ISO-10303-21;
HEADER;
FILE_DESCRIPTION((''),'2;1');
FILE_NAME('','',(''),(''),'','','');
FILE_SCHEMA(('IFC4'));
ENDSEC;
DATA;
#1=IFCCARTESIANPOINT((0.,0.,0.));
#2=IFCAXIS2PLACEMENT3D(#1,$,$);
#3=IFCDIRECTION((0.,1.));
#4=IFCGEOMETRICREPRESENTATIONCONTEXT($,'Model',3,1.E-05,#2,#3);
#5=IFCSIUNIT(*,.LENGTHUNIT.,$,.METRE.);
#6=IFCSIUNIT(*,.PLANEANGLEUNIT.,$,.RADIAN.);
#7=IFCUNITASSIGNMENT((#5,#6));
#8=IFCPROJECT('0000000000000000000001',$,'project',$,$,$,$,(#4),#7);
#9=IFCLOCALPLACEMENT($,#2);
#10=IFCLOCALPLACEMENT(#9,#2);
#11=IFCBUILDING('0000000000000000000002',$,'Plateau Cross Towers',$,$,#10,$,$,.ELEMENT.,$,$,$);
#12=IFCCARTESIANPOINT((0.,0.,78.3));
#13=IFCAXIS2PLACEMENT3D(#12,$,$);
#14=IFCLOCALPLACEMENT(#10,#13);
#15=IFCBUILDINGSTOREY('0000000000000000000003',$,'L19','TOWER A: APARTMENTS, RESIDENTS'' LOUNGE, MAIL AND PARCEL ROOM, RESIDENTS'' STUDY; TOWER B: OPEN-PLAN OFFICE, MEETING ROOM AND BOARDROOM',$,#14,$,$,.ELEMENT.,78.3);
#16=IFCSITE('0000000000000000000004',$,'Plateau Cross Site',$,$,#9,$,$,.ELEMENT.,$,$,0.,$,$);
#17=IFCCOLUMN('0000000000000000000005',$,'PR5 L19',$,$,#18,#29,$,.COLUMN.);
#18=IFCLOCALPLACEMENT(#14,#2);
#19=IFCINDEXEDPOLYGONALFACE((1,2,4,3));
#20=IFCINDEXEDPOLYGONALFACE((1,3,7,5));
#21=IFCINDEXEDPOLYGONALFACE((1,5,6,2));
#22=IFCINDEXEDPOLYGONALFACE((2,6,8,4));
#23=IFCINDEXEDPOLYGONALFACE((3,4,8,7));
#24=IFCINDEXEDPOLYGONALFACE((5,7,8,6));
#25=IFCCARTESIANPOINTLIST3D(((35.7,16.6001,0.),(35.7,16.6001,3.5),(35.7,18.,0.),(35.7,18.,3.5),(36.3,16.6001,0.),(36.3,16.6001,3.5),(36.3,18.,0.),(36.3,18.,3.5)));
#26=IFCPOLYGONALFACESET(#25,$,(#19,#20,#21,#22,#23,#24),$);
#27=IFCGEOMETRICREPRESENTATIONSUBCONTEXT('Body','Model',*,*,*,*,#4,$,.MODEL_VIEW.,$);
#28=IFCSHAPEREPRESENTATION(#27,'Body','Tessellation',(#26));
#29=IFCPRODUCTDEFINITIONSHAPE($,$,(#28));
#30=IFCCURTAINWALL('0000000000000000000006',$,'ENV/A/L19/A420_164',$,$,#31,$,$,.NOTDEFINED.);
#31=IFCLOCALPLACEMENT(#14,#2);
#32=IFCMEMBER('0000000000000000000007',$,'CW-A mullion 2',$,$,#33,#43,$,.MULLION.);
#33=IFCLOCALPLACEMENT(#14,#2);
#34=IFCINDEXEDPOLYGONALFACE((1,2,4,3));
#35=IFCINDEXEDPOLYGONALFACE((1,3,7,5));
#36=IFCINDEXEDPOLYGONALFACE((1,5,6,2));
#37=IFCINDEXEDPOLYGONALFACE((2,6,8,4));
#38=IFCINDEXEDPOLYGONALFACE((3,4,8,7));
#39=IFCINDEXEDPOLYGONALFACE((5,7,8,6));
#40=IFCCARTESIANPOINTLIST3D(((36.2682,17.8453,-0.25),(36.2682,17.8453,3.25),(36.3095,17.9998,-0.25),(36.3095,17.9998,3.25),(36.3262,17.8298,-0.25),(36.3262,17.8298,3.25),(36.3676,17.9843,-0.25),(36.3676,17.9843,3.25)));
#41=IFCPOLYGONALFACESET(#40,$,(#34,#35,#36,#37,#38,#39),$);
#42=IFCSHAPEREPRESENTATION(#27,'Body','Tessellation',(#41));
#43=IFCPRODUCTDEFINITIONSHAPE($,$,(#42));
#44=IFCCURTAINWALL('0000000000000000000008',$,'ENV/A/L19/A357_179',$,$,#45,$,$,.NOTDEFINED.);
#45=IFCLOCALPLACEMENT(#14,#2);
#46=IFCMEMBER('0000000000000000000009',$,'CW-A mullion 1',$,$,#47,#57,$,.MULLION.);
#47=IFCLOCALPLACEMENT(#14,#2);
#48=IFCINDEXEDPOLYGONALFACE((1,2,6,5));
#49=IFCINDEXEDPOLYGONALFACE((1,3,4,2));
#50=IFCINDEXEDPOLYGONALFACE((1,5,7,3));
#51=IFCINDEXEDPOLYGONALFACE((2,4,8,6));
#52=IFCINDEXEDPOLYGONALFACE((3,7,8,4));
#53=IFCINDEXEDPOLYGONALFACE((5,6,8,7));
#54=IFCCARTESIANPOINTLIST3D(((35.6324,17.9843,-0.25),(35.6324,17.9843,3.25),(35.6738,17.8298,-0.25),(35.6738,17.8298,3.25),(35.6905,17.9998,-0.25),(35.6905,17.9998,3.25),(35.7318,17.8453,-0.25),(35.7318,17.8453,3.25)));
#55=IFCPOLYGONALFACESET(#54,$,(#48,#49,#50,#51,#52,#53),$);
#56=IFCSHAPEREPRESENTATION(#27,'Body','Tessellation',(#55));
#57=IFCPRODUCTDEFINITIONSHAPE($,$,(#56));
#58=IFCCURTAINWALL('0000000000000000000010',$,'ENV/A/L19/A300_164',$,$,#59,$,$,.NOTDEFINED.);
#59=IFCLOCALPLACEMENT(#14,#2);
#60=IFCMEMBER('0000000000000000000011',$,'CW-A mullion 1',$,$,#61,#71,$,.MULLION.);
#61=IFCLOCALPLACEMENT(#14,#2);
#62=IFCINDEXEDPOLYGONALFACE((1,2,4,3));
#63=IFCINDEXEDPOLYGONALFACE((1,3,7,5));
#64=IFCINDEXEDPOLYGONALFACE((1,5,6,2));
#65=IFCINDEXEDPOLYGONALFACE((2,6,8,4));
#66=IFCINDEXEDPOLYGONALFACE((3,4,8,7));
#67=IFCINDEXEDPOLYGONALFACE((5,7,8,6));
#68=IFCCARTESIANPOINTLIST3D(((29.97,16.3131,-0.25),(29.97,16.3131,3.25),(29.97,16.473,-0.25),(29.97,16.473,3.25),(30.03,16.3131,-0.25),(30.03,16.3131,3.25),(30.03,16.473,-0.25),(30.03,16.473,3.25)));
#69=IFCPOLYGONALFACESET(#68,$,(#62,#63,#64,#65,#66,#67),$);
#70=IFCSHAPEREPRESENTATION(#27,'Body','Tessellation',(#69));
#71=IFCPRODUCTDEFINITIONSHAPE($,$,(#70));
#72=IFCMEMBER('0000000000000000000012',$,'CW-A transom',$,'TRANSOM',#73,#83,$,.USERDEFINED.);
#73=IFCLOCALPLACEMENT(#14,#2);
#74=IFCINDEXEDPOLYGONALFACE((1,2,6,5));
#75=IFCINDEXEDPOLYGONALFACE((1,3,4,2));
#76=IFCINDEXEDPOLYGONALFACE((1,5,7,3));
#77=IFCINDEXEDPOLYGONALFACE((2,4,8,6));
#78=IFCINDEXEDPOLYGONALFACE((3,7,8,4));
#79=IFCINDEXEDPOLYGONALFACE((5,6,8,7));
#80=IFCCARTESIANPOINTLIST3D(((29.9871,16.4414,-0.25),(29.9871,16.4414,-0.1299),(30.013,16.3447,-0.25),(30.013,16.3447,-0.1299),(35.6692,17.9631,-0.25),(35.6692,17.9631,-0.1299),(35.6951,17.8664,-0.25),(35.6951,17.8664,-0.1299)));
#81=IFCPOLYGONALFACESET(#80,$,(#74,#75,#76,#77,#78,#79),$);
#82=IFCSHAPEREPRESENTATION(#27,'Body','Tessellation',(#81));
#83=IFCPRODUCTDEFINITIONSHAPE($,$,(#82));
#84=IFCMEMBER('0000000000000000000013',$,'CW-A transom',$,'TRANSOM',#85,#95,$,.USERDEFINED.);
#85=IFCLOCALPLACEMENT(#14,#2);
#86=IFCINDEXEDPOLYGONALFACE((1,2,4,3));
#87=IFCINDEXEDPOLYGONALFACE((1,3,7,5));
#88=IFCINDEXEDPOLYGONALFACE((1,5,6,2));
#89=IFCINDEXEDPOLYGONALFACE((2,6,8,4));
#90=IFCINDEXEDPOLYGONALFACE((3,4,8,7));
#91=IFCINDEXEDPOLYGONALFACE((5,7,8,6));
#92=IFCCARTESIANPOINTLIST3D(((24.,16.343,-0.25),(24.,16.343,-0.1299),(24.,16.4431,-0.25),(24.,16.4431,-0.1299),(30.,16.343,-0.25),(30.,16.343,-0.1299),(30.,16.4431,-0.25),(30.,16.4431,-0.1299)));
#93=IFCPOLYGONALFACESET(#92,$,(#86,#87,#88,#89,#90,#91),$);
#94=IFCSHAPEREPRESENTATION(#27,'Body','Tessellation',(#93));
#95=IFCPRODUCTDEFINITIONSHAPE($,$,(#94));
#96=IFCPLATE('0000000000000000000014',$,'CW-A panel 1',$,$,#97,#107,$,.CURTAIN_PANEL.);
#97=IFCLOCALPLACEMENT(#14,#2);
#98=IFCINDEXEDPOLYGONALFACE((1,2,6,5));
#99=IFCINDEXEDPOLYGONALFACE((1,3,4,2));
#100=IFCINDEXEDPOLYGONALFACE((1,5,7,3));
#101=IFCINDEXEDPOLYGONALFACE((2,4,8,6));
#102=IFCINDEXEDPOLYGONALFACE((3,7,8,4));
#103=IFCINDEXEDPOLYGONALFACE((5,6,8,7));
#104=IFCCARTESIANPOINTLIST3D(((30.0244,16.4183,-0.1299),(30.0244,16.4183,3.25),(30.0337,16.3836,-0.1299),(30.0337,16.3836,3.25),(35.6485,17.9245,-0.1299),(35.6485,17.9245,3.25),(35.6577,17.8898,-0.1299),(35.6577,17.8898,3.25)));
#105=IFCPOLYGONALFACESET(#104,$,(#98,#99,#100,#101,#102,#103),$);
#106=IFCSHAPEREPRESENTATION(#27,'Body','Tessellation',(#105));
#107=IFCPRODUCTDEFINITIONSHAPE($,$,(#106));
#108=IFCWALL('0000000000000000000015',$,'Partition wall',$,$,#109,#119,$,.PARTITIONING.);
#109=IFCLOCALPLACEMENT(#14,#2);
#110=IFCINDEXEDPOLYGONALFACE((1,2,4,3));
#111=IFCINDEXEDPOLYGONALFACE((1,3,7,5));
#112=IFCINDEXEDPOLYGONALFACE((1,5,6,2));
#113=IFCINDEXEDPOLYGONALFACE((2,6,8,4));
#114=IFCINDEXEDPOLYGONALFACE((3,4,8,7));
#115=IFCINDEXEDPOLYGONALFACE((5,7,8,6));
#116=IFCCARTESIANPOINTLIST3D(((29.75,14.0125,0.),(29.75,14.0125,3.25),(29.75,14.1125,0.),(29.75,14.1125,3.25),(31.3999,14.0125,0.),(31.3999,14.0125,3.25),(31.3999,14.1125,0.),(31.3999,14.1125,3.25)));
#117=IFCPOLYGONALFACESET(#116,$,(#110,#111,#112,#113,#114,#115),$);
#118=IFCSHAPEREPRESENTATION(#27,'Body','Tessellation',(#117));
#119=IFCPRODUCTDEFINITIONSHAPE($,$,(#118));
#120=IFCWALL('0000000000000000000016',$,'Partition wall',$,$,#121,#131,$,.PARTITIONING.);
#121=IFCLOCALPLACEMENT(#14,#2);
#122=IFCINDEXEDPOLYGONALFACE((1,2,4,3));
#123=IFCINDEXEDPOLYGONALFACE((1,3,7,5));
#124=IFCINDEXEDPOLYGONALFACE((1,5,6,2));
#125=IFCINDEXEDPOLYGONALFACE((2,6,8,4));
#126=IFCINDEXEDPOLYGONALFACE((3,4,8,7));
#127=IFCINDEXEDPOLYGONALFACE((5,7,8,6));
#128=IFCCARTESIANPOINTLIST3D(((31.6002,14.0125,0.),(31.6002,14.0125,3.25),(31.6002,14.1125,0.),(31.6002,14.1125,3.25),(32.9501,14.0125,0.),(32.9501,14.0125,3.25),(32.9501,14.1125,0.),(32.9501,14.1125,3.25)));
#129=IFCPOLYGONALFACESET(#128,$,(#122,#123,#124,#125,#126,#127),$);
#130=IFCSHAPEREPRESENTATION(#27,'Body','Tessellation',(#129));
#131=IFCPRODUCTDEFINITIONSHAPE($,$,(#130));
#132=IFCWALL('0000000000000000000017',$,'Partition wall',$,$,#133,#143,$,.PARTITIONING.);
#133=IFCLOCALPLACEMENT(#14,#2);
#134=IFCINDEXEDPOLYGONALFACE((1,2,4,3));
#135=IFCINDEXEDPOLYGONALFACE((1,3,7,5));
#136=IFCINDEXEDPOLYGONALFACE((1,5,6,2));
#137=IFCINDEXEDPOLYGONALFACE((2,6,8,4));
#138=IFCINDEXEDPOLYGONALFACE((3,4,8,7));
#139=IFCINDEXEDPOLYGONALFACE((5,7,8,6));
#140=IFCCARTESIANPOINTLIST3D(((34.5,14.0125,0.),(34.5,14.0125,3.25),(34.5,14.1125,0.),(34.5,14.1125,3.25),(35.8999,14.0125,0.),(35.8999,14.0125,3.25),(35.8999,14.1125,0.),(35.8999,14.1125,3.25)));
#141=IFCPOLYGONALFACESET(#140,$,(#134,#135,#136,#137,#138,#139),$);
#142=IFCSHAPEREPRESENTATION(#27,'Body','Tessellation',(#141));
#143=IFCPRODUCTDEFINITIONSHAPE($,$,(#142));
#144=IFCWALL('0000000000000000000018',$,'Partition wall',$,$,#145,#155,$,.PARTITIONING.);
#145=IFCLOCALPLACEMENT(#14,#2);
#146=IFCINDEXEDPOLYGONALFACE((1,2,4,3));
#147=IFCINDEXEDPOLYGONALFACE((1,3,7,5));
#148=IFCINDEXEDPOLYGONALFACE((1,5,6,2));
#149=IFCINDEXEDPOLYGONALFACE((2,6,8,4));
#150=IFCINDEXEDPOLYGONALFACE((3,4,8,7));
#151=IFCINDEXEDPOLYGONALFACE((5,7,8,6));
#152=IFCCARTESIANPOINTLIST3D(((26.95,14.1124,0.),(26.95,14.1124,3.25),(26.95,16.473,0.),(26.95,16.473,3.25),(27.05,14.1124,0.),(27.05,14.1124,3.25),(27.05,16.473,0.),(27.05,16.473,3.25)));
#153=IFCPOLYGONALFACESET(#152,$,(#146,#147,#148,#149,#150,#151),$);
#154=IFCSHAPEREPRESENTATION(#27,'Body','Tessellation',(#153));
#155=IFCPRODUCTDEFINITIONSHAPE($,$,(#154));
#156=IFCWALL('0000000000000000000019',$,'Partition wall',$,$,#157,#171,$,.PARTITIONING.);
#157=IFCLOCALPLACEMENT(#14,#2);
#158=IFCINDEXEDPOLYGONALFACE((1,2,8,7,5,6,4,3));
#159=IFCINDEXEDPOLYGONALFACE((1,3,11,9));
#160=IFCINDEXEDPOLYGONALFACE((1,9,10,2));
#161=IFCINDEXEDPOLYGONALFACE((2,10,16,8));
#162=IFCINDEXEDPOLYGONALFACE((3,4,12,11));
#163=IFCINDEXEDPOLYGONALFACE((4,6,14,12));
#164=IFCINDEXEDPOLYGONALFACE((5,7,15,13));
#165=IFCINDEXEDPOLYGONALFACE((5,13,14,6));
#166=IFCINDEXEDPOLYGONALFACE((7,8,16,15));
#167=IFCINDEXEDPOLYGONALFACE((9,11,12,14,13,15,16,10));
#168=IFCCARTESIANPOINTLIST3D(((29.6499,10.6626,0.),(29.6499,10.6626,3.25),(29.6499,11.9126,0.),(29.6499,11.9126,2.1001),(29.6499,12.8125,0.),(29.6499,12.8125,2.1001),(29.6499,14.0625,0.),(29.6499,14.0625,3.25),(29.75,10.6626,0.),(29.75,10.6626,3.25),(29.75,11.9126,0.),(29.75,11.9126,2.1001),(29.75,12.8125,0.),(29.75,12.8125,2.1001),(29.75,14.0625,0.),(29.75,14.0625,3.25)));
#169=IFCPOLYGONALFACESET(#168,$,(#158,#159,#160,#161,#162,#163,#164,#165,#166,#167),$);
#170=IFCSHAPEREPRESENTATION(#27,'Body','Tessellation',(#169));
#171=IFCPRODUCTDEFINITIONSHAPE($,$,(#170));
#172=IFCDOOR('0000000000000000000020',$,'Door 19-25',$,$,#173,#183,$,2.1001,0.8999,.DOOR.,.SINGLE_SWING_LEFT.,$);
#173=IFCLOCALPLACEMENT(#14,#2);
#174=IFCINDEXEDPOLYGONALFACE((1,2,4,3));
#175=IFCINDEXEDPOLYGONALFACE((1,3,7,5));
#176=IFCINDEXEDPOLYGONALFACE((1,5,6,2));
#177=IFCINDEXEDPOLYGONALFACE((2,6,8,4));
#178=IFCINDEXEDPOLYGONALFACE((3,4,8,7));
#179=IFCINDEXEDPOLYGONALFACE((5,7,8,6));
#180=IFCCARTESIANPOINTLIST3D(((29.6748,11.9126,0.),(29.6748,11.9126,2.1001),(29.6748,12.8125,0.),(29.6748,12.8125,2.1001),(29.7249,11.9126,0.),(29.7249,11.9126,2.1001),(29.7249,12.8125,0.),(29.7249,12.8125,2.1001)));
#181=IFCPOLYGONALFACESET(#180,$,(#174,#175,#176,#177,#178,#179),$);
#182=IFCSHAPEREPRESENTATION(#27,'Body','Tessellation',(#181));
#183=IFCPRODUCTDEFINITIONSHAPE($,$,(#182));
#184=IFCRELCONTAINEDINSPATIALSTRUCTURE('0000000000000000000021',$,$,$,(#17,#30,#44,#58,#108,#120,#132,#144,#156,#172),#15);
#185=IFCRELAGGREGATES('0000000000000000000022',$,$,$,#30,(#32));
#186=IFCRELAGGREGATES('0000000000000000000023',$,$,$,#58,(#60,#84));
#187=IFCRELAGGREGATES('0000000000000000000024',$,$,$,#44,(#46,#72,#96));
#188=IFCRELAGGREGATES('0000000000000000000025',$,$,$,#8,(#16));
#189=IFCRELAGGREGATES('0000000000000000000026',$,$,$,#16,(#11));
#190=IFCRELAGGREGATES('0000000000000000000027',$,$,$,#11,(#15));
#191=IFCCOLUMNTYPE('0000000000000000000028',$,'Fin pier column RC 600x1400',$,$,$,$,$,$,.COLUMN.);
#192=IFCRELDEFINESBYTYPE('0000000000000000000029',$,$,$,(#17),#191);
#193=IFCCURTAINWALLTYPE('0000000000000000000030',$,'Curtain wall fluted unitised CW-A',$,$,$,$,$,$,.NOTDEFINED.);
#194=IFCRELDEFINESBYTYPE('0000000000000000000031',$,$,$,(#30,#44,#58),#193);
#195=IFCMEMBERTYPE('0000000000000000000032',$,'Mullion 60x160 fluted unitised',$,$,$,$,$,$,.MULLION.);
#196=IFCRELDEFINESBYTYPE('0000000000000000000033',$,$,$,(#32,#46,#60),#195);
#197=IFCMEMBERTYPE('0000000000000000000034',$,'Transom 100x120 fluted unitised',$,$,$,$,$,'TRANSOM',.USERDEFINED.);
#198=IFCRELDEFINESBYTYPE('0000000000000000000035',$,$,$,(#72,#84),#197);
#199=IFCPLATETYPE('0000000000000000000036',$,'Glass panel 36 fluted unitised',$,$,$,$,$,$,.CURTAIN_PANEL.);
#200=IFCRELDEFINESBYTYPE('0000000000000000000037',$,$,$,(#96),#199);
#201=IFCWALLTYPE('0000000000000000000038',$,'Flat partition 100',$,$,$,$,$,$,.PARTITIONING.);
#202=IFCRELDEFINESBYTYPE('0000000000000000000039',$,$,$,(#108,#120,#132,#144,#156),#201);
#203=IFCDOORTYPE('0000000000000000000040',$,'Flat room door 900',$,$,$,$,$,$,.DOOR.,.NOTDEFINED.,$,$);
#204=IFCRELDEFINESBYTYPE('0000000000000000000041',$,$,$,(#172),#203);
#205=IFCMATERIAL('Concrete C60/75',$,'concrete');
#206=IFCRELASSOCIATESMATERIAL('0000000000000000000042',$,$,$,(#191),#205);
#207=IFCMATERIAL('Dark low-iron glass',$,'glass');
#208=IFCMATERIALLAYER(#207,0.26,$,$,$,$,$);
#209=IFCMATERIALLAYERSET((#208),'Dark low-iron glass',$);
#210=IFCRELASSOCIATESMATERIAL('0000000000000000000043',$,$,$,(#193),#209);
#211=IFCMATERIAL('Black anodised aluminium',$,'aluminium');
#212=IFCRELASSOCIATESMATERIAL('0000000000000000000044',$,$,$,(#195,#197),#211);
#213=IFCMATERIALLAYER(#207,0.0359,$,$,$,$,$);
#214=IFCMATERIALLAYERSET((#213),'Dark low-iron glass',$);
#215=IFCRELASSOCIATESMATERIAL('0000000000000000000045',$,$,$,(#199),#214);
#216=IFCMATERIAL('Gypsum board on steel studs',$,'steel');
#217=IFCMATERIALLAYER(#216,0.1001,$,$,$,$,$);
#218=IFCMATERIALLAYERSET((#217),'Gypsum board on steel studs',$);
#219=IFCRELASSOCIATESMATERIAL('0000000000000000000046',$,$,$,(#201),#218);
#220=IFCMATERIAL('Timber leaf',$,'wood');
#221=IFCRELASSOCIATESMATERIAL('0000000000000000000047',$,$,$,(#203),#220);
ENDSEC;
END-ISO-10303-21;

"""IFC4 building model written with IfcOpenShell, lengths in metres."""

from ifc_helpers import new_model, si_unit, direction, frame, frame_2d, origin, origin_2d, place, context, subcontext, project, spatial, rectangle, extrude, material, layer, layer_set, material_profile, profile_set, type_object, element, fill, aggregate, save


model = new_model("IFC4")

# Units and contexts
model_context = context("Model", 3, precision=1e-05, world=origin(), true_north=direction((0.0, 1.0)))
body_context = subcontext(model_context, "Body", "Model", "MODEL_VIEW")
ifc_project = project(units=[si_unit("LENGTHUNIT", "METRE"), si_unit("PLANEANGLEUNIT", "RADIAN")], contexts=[model_context])

# Site, building, storey
site_placement = place(None, origin())
site = spatial("IfcSite", under=ifc_project, at=site_placement, Name="Plateau Cross Site", CompositionType="ELEMENT", RefElevation=0.0)
building_placement = place(site_placement, origin())
building = spatial("IfcBuilding", under=site, at=building_placement, Name="Plateau Cross Towers", CompositionType="ELEMENT")
storey_placement = place(building_placement, frame((0.0, 0.0, 78.3)))
storey = spatial("IfcBuildingStorey", under=building, at=storey_placement, Name="L19", Description="TOWER A: APARTMENTS, RESIDENTS' LOUNGE, MAIL AND PARCEL ROOM, RESIDENTS' STUDY; TOWER B: OPEN-PLAN OFFICE, MEETING ROOM AND BOARDROOM", CompositionType="ELEMENT", Elevation=78.3)

# Column
ifc_material_1 = material(Name="Concrete C60/75", Category="concrete")
ifc_material_profile_1 = material_profile(ifc_material_1, rectangle(XDim=0.6001, YDim=1.3999, at=origin_2d()), Name="RC 600x1400")
ifc_profile_set_1 = profile_set([ifc_material_profile_1], Name="Concrete C60/75")
column_type = type_object("IfcColumnType", Name="Fin pier column RC 600x1400", PredefinedType="COLUMN", material=ifc_profile_set_1)
column_placement = place(storey_placement, frame((36.0, 17.3, 0.0), z_axis=(0.0, 0.0, 1.0), x_axis=(1.0, 0.0, 0.0)))
element("IfcColumn", 1, at=column_placement, inside=storey, type_object=column_type, Name="PR5 L19", PredefinedType="COLUMN", context=body_context, shape_type="SweptSolid", body=[
    extrude(rectangle(XDim=0.6001, YDim=1.3999, at=origin_2d()), origin(), (0.0, 0.0, 1.0), 3.5),
])

# Curtain walls, members
ifc_material_2 = material(Name="Dark low-iron glass", Category="glass")
ifc_layer_1 = layer(ifc_material_2, 0.26)
ifc_layer_set_1 = layer_set([ifc_layer_1], Name="Dark low-iron glass")
curtain_wall_type = type_object("IfcCurtainWallType", Name="Curtain wall fluted unitised CW-A", PredefinedType="NOTDEFINED", material=ifc_layer_set_1)
curtain_wall_1_placement = place(storey_placement, origin())
curtain_wall_1 = element("IfcCurtainWall", 2, at=curtain_wall_1_placement, inside=storey, type_object=curtain_wall_type, Name="ENV/A/L19/A420_164", PredefinedType="NOTDEFINED")
ifc_material_3 = material(Name="Black anodised aluminium", Category="aluminium")
ifc_material_profile_2 = material_profile(ifc_material_3, rectangle(XDim=0.0601, YDim=0.1599, at=origin_2d()), Name="MULLION 60x160")
ifc_profile_set_2 = profile_set([ifc_material_profile_2], Name="Black anodised aluminium")
member_type_1 = type_object("IfcMemberType", Name="Mullion 60x160 fluted unitised", PredefinedType="MULLION", material=ifc_profile_set_2)
member_1_placement = place(storey_placement, frame((36.3179, 17.9148, -0.25), z_axis=(0.0, 0.0, 1.0), x_axis=(-0.965958, 0.258699, 0.0)))
member_1 = element("IfcMember", 3, at=member_1_placement, type_object=member_type_1, Name="CW-A mullion 2", PredefinedType="MULLION", context=body_context, shape_type="SweptSolid", body=[
    extrude(rectangle(XDim=0.0601, YDim=0.1599, at=origin_2d()), origin(), (0.0, 0.0, 1.0), 3.5),
])
aggregate(curtain_wall_1, [member_1])
curtain_wall_2_placement = place(storey_placement, origin())
curtain_wall_2 = element("IfcCurtainWall", 4, at=curtain_wall_2_placement, inside=storey, type_object=curtain_wall_type, Name="ENV/A/L19/A357_179", PredefinedType="NOTDEFINED")
member_2_placement = place(storey_placement, frame((35.6821, 17.9148, -0.25), z_axis=(0.0, 0.0, 1.0), x_axis=(-0.965958, -0.258699, 0.0)))
member_2 = element("IfcMember", 5, at=member_2_placement, type_object=member_type_1, Name="CW-A mullion 1", PredefinedType="MULLION", context=body_context, shape_type="SweptSolid", body=[
    extrude(rectangle(XDim=0.0601, YDim=0.1599, at=origin_2d()), origin(), (0.0, 0.0, 1.0), 3.5),
])
curtain_wall_3_placement = place(storey_placement, origin())
curtain_wall_3 = element("IfcCurtainWall", 6, at=curtain_wall_3_placement, inside=storey, type_object=curtain_wall_type, Name="ENV/A/L19/A300_164", PredefinedType="NOTDEFINED")
member_3_placement = place(storey_placement, frame((30.0, 16.3931, -0.25), z_axis=(0.0, 0.0, 1.0), x_axis=(-1.0, 0.0, 0.0)))
member_3 = element("IfcMember", 7, at=member_3_placement, type_object=member_type_1, Name="CW-A mullion 1", PredefinedType="MULLION", context=body_context, shape_type="SweptSolid", body=[
    extrude(rectangle(XDim=0.0601, YDim=0.1599, at=origin_2d()), origin(), (0.0, 0.0, 1.0), 3.5),
])

# Members
ifc_material_profile_3 = material_profile(ifc_material_3, rectangle(XDim=0.1001, YDim=0.1201, at=origin_2d()), Name="TRANSOM 100x120")
ifc_profile_set_3 = profile_set([ifc_material_profile_3], Name="Black anodised aluminium")
member_type_2 = type_object("IfcMemberType", Name="Transom 100x120 fluted unitised", ElementType="TRANSOM", PredefinedType="USERDEFINED", material=ifc_profile_set_3)
member_4_placement = place(storey_placement, frame((35.6821, 17.9148, -0.1899), z_axis=(-0.96596, -0.258693, 0.0), x_axis=(0.258693, -0.96596, 0.0)))
member_4 = element("IfcMember", 8, at=member_4_placement, type_object=member_type_2, Name="CW-A transom", ObjectType="TRANSOM", PredefinedType="USERDEFINED", context=body_context, shape_type="SweptSolid", body=[
    extrude(rectangle(XDim=0.1001, YDim=0.1201, at=origin_2d()), origin(), (0.0, 0.0, 1.0), 5.8823),
])
member_5_placement = place(storey_placement, frame((30.0, 16.3931, -0.1899), z_axis=(-1.0, 0.0, 0.0), x_axis=(0.0, -1.0, 0.0)))
member_5 = element("IfcMember", 9, at=member_5_placement, type_object=member_type_2, Name="CW-A transom", ObjectType="TRANSOM", PredefinedType="USERDEFINED", context=body_context, shape_type="SweptSolid", body=[
    extrude(rectangle(XDim=0.1001, YDim=0.1201, at=origin_2d()), origin(), (0.0, 0.0, 1.0), 6.0),
])
aggregate(curtain_wall_3, [member_3, member_5])

# Plate
ifc_layer_2 = layer(ifc_material_2, 0.0359)
ifc_layer_set_2 = layer_set([ifc_layer_2], Name="Dark low-iron glass")
plate_type = type_object("IfcPlateType", Name="Glass panel 36 fluted unitised", PredefinedType="CURTAIN_PANEL", material=ifc_layer_set_2)
plate_placement = place(storey_placement, frame((32.8411, 17.1541, -0.1299), z_axis=(0.0, 0.0, 1.0), x_axis=(-0.965958, -0.258699, 0.0)))
plate = element("IfcPlate", 10, at=plate_placement, type_object=plate_type, Name="CW-A panel 1", PredefinedType="CURTAIN_PANEL", context=body_context, shape_type="SweptSolid", body=[
    extrude(rectangle(XDim=5.8223, YDim=0.0359, at=origin_2d()), origin(), (0.0, 0.0, 1.0), 3.3799),
])
aggregate(curtain_wall_2, [member_2, member_4, plate])

# Walls
ifc_material_4 = material(Name="Gypsum board on steel studs", Category="steel")
ifc_layer_3 = layer(ifc_material_4, 0.1001)
ifc_layer_set_3 = layer_set([ifc_layer_3], Name="Gypsum board on steel studs")
wall_type_1 = type_object("IfcWallType", Name="Flat partition 100", PredefinedType="PARTITIONING", material=ifc_layer_set_3)
wall_1_placement = place(storey_placement, frame((31.3999, 14.0625, 0.0), z_axis=(0.0, 0.0, 1.0), x_axis=(-1.0, 0.0, 0.0)))
element("IfcWall", 11, at=wall_1_placement, inside=storey, type_object=wall_type_1, Name="Partition wall", PredefinedType="PARTITIONING", context=body_context, shape_type="SweptSolid", body=[
    extrude(rectangle(XDim=1.6499, YDim=0.1001, at=frame_2d((0.825, 0.0))), origin(), (0.0, 0.0, 1.0), 3.25),
])
wall_2_placement = place(storey_placement, frame((32.95, 14.0625, 0.0), z_axis=(0.0, 0.0, 1.0), x_axis=(-1.0, 0.0, 0.0)))
element("IfcWall", 12, at=wall_2_placement, inside=storey, type_object=wall_type_1, Name="Partition wall", PredefinedType="PARTITIONING", context=body_context, shape_type="SweptSolid", body=[
    extrude(rectangle(XDim=1.3499, YDim=0.1001, at=frame_2d((0.6748, 0.0))), origin(), (0.0, 0.0, 1.0), 3.25),
])
wall_3_placement = place(storey_placement, frame((35.8999, 14.0625, 0.0), z_axis=(0.0, 0.0, 1.0), x_axis=(-1.0, 0.0, 0.0)))
element("IfcWall", 13, at=wall_3_placement, inside=storey, type_object=wall_type_1, Name="Partition wall", PredefinedType="PARTITIONING", context=body_context, shape_type="SweptSolid", body=[
    extrude(rectangle(XDim=1.3999, YDim=0.1001, at=frame_2d((0.7, 0.0))), origin(), (0.0, 0.0, 1.0), 3.25),
])
wall_4_placement = place(storey_placement, frame((27.0, 14.1125, 0.0), z_axis=(0.0, 0.0, 1.0), x_axis=(0.0, 1.0, 0.0)))
element("IfcWall", 14, at=wall_4_placement, inside=storey, type_object=wall_type_1, Name="Partition wall", PredefinedType="PARTITIONING", context=body_context, shape_type="SweptSolid", body=[
    extrude(rectangle(XDim=2.3606, YDim=0.1001, at=frame_2d((1.1802, 0.0))), origin(), (0.0, 0.0, 1.0), 3.25),
])

# Wall, opening, door
wall_5_placement = place(storey_placement, frame((29.7, 14.0625, 0.0), z_axis=(0.0, 0.0, 1.0), x_axis=(0.0, -1.0, 0.0)))
wall_5 = element("IfcWall", 15, at=wall_5_placement, inside=storey, type_object=wall_type_1, Name="Partition wall", PredefinedType="PARTITIONING", context=body_context, shape_type="SweptSolid", body=[
    extrude(rectangle(XDim=3.3999, YDim=0.1001, at=frame_2d((1.7, 0.0))), origin(), (0.0, 0.0, 1.0), 3.25),
])
opening_1_placement = place(wall_5_placement, frame((1.25, 0.0, 0.0)))
opening_1 = element("IfcOpeningElement", 16, at=opening_1_placement, cuts=wall_5, PredefinedType="OPENING", context=body_context, shape_type="SweptSolid", body=[
    extrude(rectangle(XDim=0.8999, YDim=2.1001, at=frame_2d((0.45, 1.05))), frame((0.0, 0.0601, 0.0), z_axis=(0.0, -1.0, 0.0), x_axis=(1.0, 0.0, 0.0)), (0.0, 0.0, 1.0), 0.1201),
])
ifc_material_5 = material(Name="Timber leaf", Category="wood")
door_type = type_object("IfcDoorType", Name="Flat room door 900", OperationType="NOTDEFINED", PredefinedType="DOOR", material=ifc_material_5)
door_1_placement = place(opening_1_placement, origin())
door_1 = element("IfcDoor", 17, at=door_1_placement, inside=storey, type_object=door_type, Name="Door 19-25", OperationType="SINGLE_SWING_LEFT", OverallHeight=2.1001, OverallWidth=0.8999, PredefinedType="DOOR", context=body_context, shape_type="SweptSolid", body=[
    extrude(rectangle(XDim=0.8999, YDim=2.1001, at=frame_2d((0.45, 1.05))), frame((0.0, 0.0249, 0.0), z_axis=(0.0, -1.0, 0.0), x_axis=(1.0, 0.0, 0.0)), (0.0, 0.0, 1.0), 0.05),
])
fill(opening_1, door_1)

save(model, "model.ifc")
